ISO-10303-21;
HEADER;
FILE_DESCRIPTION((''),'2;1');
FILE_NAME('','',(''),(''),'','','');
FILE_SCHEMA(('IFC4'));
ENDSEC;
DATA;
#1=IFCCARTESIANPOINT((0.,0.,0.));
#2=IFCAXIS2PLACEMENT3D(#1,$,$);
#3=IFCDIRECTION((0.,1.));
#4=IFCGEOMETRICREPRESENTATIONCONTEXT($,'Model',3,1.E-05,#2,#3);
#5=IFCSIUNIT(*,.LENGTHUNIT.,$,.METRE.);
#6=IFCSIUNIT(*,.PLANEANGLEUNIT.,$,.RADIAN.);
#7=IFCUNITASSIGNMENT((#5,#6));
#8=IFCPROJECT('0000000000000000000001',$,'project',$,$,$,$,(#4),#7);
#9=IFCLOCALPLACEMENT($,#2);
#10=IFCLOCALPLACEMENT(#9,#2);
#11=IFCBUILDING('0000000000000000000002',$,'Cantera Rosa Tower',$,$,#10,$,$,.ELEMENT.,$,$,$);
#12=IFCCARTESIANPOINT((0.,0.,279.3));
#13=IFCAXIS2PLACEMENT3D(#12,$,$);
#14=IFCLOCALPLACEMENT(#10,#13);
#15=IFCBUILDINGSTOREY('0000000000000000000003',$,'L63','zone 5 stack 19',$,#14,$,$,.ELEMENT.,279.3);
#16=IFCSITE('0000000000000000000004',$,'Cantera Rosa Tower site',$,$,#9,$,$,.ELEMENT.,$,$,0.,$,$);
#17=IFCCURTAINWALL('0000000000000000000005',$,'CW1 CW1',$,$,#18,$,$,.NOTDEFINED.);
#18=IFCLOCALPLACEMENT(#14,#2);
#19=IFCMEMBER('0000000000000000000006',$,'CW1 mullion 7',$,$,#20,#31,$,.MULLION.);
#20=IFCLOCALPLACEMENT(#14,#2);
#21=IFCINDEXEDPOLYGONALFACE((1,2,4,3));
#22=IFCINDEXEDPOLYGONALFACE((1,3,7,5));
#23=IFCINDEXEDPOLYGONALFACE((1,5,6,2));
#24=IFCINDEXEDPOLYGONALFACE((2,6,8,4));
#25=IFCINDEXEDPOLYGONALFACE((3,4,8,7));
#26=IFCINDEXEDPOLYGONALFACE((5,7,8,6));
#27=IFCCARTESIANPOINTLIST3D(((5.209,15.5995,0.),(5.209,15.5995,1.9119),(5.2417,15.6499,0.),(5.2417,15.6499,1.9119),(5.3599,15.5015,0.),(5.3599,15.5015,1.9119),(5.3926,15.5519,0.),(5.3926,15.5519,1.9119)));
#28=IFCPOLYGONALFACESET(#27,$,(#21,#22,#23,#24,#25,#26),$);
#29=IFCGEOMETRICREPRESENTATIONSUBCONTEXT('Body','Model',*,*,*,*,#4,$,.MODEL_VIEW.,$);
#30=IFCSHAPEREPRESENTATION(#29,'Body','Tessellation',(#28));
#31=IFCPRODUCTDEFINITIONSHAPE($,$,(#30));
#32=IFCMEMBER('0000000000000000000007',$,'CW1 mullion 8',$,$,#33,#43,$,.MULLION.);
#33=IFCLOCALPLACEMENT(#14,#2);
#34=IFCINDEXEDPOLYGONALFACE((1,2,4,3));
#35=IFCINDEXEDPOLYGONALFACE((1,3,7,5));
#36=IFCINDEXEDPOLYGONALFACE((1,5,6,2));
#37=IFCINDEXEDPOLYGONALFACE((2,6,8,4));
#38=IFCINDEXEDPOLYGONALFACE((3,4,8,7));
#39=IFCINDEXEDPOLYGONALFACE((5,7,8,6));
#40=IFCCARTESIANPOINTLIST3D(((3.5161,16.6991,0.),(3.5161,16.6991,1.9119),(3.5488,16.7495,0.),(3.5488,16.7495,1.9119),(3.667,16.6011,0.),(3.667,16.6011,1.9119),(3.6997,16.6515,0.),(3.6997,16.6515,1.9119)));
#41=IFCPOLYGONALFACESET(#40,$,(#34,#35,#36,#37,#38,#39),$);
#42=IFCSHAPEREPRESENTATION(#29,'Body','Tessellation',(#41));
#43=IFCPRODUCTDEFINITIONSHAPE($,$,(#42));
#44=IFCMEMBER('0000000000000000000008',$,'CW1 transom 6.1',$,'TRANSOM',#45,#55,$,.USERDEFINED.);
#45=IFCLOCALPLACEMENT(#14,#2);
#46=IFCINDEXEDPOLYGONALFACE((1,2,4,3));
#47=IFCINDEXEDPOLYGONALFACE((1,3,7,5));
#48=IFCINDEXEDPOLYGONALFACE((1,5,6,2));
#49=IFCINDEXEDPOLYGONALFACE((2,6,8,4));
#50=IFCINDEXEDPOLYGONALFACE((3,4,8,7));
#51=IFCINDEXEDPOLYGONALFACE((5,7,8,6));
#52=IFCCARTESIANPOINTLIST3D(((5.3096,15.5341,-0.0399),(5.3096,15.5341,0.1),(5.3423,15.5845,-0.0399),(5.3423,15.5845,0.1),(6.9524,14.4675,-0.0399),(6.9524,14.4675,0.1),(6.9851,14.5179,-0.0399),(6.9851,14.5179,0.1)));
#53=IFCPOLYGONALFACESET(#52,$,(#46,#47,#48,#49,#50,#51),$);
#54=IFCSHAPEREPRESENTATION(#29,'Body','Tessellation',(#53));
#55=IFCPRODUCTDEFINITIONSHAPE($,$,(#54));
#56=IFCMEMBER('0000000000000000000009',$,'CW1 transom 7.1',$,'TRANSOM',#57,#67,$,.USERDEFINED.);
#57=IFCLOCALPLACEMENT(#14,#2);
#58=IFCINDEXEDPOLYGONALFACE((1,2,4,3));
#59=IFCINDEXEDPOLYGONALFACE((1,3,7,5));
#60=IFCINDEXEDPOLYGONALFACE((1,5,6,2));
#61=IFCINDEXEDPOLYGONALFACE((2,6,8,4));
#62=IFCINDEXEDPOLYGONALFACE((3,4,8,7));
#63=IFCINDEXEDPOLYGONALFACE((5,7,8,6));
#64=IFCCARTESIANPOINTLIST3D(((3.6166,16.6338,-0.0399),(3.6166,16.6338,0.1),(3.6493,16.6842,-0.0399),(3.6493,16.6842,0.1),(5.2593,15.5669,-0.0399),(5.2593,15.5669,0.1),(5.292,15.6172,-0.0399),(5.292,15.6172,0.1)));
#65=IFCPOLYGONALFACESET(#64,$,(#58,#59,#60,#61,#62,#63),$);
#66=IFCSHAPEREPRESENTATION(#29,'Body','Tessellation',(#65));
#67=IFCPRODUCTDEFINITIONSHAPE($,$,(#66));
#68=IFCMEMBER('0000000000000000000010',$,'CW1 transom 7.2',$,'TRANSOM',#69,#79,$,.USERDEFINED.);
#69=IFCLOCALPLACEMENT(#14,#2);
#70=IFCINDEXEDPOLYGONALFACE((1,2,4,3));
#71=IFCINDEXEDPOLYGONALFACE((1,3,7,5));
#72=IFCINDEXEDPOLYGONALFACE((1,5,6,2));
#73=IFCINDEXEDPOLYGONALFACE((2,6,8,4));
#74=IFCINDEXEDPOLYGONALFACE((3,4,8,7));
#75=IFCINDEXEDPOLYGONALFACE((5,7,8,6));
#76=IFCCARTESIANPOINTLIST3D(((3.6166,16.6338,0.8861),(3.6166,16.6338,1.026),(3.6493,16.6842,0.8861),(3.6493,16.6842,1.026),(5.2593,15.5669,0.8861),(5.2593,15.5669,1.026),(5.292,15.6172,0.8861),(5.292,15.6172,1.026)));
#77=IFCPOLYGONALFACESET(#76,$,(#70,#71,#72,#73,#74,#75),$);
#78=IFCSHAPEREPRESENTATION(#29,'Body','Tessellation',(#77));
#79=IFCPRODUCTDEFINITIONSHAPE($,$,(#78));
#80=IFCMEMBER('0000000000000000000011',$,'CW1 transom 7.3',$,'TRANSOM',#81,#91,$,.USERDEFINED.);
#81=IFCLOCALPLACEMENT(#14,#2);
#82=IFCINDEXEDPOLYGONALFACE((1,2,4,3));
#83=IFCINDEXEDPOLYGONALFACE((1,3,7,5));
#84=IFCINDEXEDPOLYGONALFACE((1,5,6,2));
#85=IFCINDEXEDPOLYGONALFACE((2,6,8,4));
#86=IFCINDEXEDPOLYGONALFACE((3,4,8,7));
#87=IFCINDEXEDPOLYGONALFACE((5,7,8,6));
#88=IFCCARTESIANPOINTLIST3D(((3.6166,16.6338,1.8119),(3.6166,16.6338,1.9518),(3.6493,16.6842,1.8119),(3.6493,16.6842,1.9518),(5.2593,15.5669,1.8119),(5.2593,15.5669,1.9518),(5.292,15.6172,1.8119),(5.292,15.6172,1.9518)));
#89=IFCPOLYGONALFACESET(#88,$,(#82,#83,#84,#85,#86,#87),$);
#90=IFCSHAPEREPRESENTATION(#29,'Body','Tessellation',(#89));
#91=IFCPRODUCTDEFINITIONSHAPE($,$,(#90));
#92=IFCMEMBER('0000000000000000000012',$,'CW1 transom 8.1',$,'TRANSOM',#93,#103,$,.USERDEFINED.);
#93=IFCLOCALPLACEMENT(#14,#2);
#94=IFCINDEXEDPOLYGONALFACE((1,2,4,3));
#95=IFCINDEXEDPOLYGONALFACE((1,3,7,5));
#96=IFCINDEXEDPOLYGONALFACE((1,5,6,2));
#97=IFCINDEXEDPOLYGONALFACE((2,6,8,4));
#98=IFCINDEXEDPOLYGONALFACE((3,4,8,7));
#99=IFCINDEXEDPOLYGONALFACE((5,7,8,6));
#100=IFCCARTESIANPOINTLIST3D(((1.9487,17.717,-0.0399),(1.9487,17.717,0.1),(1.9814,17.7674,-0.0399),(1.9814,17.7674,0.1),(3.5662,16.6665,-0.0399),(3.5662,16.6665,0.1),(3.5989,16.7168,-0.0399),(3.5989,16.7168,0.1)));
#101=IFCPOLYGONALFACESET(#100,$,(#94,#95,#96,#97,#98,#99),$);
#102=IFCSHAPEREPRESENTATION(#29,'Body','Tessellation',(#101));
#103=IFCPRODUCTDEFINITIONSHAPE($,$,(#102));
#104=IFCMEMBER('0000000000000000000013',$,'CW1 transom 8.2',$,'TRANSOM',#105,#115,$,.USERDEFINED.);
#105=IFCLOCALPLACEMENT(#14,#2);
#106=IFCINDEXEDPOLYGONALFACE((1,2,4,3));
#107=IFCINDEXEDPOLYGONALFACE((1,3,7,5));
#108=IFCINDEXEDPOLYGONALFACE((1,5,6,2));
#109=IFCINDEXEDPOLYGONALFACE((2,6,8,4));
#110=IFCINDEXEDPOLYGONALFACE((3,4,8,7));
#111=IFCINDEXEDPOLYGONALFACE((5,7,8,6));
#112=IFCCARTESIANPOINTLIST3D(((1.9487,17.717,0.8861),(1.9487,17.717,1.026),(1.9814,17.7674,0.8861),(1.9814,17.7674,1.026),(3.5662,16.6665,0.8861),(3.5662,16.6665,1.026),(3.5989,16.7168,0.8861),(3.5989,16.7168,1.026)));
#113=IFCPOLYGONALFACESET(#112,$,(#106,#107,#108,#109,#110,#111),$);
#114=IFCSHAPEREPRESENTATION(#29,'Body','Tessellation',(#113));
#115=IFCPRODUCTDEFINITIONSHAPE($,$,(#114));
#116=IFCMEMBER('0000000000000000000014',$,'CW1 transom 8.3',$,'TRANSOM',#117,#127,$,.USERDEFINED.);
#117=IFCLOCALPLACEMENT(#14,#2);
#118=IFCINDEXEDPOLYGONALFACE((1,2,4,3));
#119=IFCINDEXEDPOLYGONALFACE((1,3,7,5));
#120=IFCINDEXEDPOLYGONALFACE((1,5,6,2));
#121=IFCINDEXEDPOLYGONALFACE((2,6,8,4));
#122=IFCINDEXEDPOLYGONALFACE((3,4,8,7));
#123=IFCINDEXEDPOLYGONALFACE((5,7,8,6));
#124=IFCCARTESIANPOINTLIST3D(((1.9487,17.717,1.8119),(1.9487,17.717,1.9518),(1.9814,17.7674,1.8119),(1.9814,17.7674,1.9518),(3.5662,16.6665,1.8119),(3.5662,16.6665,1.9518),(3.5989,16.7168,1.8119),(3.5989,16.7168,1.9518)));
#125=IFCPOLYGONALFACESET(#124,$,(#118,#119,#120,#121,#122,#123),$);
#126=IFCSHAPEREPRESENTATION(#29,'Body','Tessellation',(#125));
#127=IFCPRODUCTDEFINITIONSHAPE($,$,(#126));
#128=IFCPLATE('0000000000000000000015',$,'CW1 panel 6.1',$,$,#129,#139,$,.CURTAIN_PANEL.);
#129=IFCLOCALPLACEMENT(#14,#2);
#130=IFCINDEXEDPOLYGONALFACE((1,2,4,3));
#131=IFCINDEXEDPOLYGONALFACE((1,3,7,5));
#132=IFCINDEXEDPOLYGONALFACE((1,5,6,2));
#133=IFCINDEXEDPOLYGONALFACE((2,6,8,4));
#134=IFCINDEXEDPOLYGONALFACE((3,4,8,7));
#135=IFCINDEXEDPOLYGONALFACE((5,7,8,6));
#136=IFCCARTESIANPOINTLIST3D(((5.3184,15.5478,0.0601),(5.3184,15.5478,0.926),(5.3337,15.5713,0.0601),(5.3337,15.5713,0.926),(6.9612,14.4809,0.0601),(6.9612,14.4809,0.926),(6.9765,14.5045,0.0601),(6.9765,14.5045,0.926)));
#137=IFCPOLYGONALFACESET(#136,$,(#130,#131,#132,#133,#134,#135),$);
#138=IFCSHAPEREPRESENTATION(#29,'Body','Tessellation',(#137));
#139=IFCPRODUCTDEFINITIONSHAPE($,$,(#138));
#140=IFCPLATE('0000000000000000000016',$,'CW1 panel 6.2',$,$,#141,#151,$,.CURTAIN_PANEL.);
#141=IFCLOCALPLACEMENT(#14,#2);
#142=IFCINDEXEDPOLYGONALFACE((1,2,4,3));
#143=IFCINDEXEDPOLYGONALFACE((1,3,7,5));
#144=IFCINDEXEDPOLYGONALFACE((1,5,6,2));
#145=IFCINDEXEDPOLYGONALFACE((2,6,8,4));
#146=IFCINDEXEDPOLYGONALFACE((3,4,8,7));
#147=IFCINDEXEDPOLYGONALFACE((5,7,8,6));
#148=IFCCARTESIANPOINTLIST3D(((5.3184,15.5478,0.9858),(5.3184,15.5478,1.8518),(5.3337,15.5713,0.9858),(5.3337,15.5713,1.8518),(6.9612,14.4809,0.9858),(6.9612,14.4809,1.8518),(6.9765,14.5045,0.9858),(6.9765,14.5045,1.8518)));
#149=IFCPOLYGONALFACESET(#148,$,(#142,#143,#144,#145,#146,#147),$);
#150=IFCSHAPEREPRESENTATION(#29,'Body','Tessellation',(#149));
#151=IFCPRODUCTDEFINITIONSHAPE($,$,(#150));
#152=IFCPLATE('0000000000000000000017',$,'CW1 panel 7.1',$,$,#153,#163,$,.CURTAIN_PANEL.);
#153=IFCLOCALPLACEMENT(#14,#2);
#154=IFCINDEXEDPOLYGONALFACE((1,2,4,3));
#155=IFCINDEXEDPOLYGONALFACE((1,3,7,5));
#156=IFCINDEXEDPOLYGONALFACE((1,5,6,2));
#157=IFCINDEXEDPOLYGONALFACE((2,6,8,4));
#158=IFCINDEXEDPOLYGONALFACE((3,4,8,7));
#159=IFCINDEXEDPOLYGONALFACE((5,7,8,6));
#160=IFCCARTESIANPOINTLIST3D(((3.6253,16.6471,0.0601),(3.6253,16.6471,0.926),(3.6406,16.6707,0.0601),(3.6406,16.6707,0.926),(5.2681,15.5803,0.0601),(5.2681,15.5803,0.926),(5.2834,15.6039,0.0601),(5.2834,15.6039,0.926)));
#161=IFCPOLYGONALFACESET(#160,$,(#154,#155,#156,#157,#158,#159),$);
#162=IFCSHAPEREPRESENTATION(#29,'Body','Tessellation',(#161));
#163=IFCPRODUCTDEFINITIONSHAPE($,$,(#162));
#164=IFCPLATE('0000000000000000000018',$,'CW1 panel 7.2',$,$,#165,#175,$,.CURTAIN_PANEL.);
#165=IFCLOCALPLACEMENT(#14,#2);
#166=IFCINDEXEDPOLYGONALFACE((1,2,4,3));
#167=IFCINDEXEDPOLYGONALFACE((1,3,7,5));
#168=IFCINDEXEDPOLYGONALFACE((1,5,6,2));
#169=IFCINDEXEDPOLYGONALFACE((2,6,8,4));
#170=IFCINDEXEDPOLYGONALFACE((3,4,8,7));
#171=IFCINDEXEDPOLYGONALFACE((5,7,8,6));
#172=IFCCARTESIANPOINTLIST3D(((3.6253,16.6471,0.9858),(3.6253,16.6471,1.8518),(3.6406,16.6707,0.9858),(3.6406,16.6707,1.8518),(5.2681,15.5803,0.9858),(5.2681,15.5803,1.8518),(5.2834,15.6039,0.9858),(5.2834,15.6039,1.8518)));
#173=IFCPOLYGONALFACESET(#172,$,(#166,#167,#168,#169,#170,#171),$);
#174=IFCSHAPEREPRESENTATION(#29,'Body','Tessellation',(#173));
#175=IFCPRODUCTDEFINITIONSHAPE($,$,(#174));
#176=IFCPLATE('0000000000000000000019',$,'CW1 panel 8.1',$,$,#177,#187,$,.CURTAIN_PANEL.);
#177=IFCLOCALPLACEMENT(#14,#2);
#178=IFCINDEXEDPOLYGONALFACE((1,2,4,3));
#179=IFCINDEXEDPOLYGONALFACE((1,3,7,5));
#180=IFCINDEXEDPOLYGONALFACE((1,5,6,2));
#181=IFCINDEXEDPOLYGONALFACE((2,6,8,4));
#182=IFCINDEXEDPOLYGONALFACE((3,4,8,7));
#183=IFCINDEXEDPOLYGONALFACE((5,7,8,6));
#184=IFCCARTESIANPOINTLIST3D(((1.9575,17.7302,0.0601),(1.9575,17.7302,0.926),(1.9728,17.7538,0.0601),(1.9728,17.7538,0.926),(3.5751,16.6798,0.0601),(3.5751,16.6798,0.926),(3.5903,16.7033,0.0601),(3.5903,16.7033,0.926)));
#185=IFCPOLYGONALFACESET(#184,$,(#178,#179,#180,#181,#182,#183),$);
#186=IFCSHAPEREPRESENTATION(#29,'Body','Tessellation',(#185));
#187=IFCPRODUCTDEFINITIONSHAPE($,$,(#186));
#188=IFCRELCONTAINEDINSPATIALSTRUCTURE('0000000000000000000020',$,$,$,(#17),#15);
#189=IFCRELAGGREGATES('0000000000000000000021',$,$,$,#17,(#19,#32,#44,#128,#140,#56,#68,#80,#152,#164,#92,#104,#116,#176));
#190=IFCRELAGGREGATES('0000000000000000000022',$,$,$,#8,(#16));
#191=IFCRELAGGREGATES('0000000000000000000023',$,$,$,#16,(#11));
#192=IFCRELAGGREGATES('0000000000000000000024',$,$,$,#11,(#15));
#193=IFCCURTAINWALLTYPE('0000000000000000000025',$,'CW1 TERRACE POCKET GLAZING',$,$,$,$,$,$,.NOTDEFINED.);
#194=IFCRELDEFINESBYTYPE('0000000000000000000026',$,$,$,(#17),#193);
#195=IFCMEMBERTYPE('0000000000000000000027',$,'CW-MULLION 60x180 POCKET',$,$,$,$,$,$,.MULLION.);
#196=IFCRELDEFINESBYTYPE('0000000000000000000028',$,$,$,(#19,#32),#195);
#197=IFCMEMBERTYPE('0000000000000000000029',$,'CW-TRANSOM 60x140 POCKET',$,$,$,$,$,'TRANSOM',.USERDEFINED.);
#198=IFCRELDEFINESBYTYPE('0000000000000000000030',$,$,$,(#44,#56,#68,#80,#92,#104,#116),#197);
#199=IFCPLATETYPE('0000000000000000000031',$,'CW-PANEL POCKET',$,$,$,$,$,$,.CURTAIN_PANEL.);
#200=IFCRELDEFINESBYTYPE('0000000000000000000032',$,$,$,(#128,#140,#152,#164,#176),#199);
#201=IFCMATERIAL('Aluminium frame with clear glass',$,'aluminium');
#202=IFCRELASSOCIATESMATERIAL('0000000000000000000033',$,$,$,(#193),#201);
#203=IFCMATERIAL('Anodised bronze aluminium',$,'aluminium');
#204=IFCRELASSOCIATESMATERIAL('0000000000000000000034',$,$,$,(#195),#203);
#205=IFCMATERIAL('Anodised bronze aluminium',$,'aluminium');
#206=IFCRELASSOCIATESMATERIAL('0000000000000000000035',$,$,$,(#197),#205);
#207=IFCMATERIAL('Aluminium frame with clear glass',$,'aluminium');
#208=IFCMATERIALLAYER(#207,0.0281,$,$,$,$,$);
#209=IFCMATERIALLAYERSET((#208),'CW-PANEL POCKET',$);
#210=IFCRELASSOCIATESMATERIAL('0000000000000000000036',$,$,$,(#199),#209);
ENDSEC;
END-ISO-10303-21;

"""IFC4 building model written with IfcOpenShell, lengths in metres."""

from ifc_helpers import new_model, si_unit, direction, frame, origin, origin_2d, place, context, subcontext, project, spatial, rectangle, extrude, material, layer, layer_set, material_profile, profile_set, type_object, element, aggregate, save


model = new_model("IFC4")

# Units and contexts
model_context = context("Model", 3, precision=1e-05, world=origin(), true_north=direction((0.0, 1.0)))
body_context = subcontext(model_context, "Body", "Model", "MODEL_VIEW")
ifc_project = project(units=[si_unit("LENGTHUNIT", "METRE"), si_unit("PLANEANGLEUNIT", "RADIAN")], contexts=[model_context])

# Site, building, storey
site_placement = place(None, origin())
site = spatial("IfcSite", under=ifc_project, at=site_placement, Name="Cantera Rosa Tower site", CompositionType="ELEMENT", RefElevation=0.0)
building_placement = place(site_placement, origin())
building = spatial("IfcBuilding", under=site, at=building_placement, Name="Cantera Rosa Tower", CompositionType="ELEMENT")
storey_placement = place(building_placement, frame((0.0, 0.0, 279.3)))
storey = spatial("IfcBuildingStorey", under=building, at=storey_placement, Name="L63", Description="zone 5 stack 19", CompositionType="ELEMENT", Elevation=279.3)

# Curtain wall, members, plates
ifc_material_1 = material(Name="Aluminium frame with clear glass", Category="aluminium")
curtain_wall_type = type_object("IfcCurtainWallType", Name="CW1 TERRACE POCKET GLAZING", PredefinedType="NOTDEFINED", material=ifc_material_1)
curtain_wall_placement = place(storey_placement, origin())
curtain_wall = element("IfcCurtainWall", 1, at=curtain_wall_placement, inside=storey, type_object=curtain_wall_type, Name="CW1 CW1", PredefinedType="NOTDEFINED")
ifc_material_2 = material(Name="Anodised bronze aluminium", Category="aluminium")
ifc_material_profile_1 = material_profile(ifc_material_2, rectangle(XDim=0.0601, YDim=0.1799, at=origin_2d()), Name="CW-MULLION 60x180 POCKET")
ifc_profile_set_1 = profile_set([ifc_material_profile_1], Name="Anodised bronze aluminium")
member_type_1 = type_object("IfcMemberType", Name="CW-MULLION 60x180 POCKET", PredefinedType="MULLION", material=ifc_profile_set_1)
member_1_placement = place(storey_placement, frame((5.3008, 15.5757, 0.0), z_axis=(0.0, 0.0, 1.0), x_axis=(-0.544639, -0.838671, 0.0)))
member_1 = element("IfcMember", 2, at=member_1_placement, type_object=member_type_1, Name="CW1 mullion 7", PredefinedType="MULLION", context=body_context, shape_type="SweptSolid", body=[
    extrude(rectangle(XDim=0.0601, YDim=0.1799, at=origin_2d()), origin(), (0.0, 0.0, 1.0), 1.9119),
])
member_2_placement = place(storey_placement, frame((3.6079, 16.6753, 0.0), z_axis=(0.0, 0.0, 1.0), x_axis=(-0.544639, -0.838671, 0.0)))
member_2 = element("IfcMember", 3, at=member_2_placement, type_object=member_type_1, Name="CW1 mullion 8", PredefinedType="MULLION", context=body_context, shape_type="SweptSolid", body=[
    extrude(rectangle(XDim=0.0601, YDim=0.1799, at=origin_2d()), origin(), (0.0, 0.0, 1.0), 1.9119),
])
ifc_material_3 = material(Name="Anodised bronze aluminium", Category="aluminium")
ifc_material_profile_2 = material_profile(ifc_material_3, rectangle(XDim=0.0601, YDim=0.1399, at=origin_2d()), Name="CW-TRANSOM 60x140 POCKET")
ifc_profile_set_2 = profile_set([ifc_material_profile_2], Name="Anodised bronze aluminium")
member_type_2 = type_object("IfcMemberType", Name="CW-TRANSOM 60x140 POCKET", ElementType="TRANSOM", PredefinedType="USERDEFINED", material=ifc_profile_set_2)
member_3_placement = place(storey_placement, frame((6.9688, 14.4927, 0.03), z_axis=(-0.83872, 0.544563, 0.0), x_axis=(-0.544563, -0.83872, 0.0)))
member_3 = element("IfcMember", 4, at=member_3_placement, type_object=member_type_2, Name="CW1 transom 6.1", ObjectType="TRANSOM", PredefinedType="USERDEFINED", context=body_context, shape_type="SweptSolid", body=[
    extrude(rectangle(XDim=0.0601, YDim=0.1399, at=origin_2d()), origin(), (0.0, 0.0, 1.0), 1.9587),
])
member_4_placement = place(storey_placement, frame((5.2756, 15.592, 0.03), z_axis=(-0.838626, 0.544708, 0.0), x_axis=(-0.544708, -0.838626, 0.0)))
member_4 = element("IfcMember", 5, at=member_4_placement, type_object=member_type_2, Name="CW1 transom 7.1", ObjectType="TRANSOM", PredefinedType="USERDEFINED", context=body_context, shape_type="SweptSolid", body=[
    extrude(rectangle(XDim=0.0601, YDim=0.1399, at=origin_2d()), origin(), (0.0, 0.0, 1.0), 1.9587),
])
member_5_placement = place(storey_placement, frame((5.2756, 15.592, 0.9561), z_axis=(-0.838626, 0.544708, 0.0), x_axis=(-0.544708, -0.838626, 0.0)))
member_5 = element("IfcMember", 6, at=member_5_placement, type_object=member_type_2, Name="CW1 transom 7.2", ObjectType="TRANSOM", PredefinedType="USERDEFINED", context=body_context, shape_type="SweptSolid", body=[
    extrude(rectangle(XDim=0.0601, YDim=0.1399, at=origin_2d()), origin(), (0.0, 0.0, 1.0), 1.9587),
])
member_6_placement = place(storey_placement, frame((5.2756, 15.592, 1.8818), z_axis=(-0.838626, 0.544708, 0.0), x_axis=(-0.544708, -0.838626, 0.0)))
member_6 = element("IfcMember", 7, at=member_6_placement, type_object=member_type_2, Name="CW1 transom 7.3", ObjectType="TRANSOM", PredefinedType="USERDEFINED", context=body_context, shape_type="SweptSolid", body=[
    extrude(rectangle(XDim=0.0601, YDim=0.1399, at=origin_2d()), origin(), (0.0, 0.0, 1.0), 1.9587),
])
member_7_placement = place(storey_placement, frame((3.5825, 16.6917, 0.03), z_axis=(-0.838632, 0.544699, 0.0), x_axis=(-0.544699, -0.838632, 0.0)))
member_7 = element("IfcMember", 8, at=member_7_placement, type_object=member_type_2, Name="CW1 transom 8.1", ObjectType="TRANSOM", PredefinedType="USERDEFINED", context=body_context, shape_type="SweptSolid", body=[
    extrude(rectangle(XDim=0.0601, YDim=0.1399, at=origin_2d()), origin(), (0.0, 0.0, 1.0), 1.9287),
])
member_8_placement = place(storey_placement, frame((3.5825, 16.6917, 0.9561), z_axis=(-0.838632, 0.544699, 0.0), x_axis=(-0.544699, -0.838632, 0.0)))
member_8 = element("IfcMember", 9, at=member_8_placement, type_object=member_type_2, Name="CW1 transom 8.2", ObjectType="TRANSOM", PredefinedType="USERDEFINED", context=body_context, shape_type="SweptSolid", body=[
    extrude(rectangle(XDim=0.0601, YDim=0.1399, at=origin_2d()), origin(), (0.0, 0.0, 1.0), 1.9287),
])
member_9_placement = place(storey_placement, frame((3.5825, 16.6917, 1.8818), z_axis=(-0.838632, 0.544699, 0.0), x_axis=(-0.544699, -0.838632, 0.0)))
member_9 = element("IfcMember", 10, at=member_9_placement, type_object=member_type_2, Name="CW1 transom 8.3", ObjectType="TRANSOM", PredefinedType="USERDEFINED", context=body_context, shape_type="SweptSolid", body=[
    extrude(rectangle(XDim=0.0601, YDim=0.1399, at=origin_2d()), origin(), (0.0, 0.0, 1.0), 1.9287),
])
ifc_material_4 = material(Name="Aluminium frame with clear glass", Category="aluminium")
ifc_layer_1 = layer(ifc_material_4, 0.0281)
ifc_layer_set_1 = layer_set([ifc_layer_1], Name="CW-PANEL POCKET")
plate_type = type_object("IfcPlateType", Name="CW-PANEL POCKET", PredefinedType="CURTAIN_PANEL", material=ifc_layer_set_1)
plate_1_placement = place(storey_placement, frame((6.1475, 15.0261, 0.0601), z_axis=(0.0, 0.0, 1.0), x_axis=(-0.838671, 0.544639, 0.0)))
plate_1 = element("IfcPlate", 11, at=plate_1_placement, type_object=plate_type, Name="CW1 panel 6.1", PredefinedType="CURTAIN_PANEL", context=body_context, shape_type="SweptSolid", body=[
    extrude(rectangle(XDim=1.9587, YDim=0.0281, at=origin_2d()), origin(), (0.0, 0.0, 1.0), 0.866),
])
plate_2_placement = place(storey_placement, frame((6.1475, 15.0261, 0.9858), z_axis=(0.0, 0.0, 1.0), x_axis=(-0.838671, 0.544639, 0.0)))
plate_2 = element("IfcPlate", 12, at=plate_2_placement, type_object=plate_type, Name="CW1 panel 6.2", PredefinedType="CURTAIN_PANEL", context=body_context, shape_type="SweptSolid", body=[
    extrude(rectangle(XDim=1.9587, YDim=0.0281, at=origin_2d()), origin(), (0.0, 0.0, 1.0), 0.866),
])
plate_3_placement = place(storey_placement, frame((4.4543, 16.1255, 0.0601), z_axis=(0.0, 0.0, 1.0), x_axis=(-0.838671, 0.544639, 0.0)))
plate_3 = element("IfcPlate", 13, at=plate_3_placement, type_object=plate_type, Name="CW1 panel 7.1", PredefinedType="CURTAIN_PANEL", context=body_context, shape_type="SweptSolid", body=[
    extrude(rectangle(XDim=1.9587, YDim=0.0281, at=origin_2d()), origin(), (0.0, 0.0, 1.0), 0.866),
])
plate_4_placement = place(storey_placement, frame((4.4543, 16.1255, 0.9858), z_axis=(0.0, 0.0, 1.0), x_axis=(-0.838671, 0.544639, 0.0)))
plate_4 = element("IfcPlate", 14, at=plate_4_placement, type_object=plate_type, Name="CW1 panel 7.2", PredefinedType="CURTAIN_PANEL", context=body_context, shape_type="SweptSolid", body=[
    extrude(rectangle(XDim=1.9587, YDim=0.0281, at=origin_2d()), origin(), (0.0, 0.0, 1.0), 0.866),
])
plate_5_placement = place(storey_placement, frame((2.7739, 17.2168, 0.0601), z_axis=(0.0, 0.0, 1.0), x_axis=(-0.838671, 0.544639, 0.0)))
plate_5 = element("IfcPlate", 15, at=plate_5_placement, type_object=plate_type, Name="CW1 panel 8.1", PredefinedType="CURTAIN_PANEL", context=body_context, shape_type="SweptSolid", body=[
    extrude(rectangle(XDim=1.9287, YDim=0.0281, at=origin_2d()), origin(), (0.0, 0.0, 1.0), 0.866),
])
aggregate(curtain_wall, [member_1, member_2, member_3, plate_1, plate_2, member_4, member_5, member_6, plate_3, plate_4, member_7, member_8, member_9, plate_5])

save(model, "model.ifc")
